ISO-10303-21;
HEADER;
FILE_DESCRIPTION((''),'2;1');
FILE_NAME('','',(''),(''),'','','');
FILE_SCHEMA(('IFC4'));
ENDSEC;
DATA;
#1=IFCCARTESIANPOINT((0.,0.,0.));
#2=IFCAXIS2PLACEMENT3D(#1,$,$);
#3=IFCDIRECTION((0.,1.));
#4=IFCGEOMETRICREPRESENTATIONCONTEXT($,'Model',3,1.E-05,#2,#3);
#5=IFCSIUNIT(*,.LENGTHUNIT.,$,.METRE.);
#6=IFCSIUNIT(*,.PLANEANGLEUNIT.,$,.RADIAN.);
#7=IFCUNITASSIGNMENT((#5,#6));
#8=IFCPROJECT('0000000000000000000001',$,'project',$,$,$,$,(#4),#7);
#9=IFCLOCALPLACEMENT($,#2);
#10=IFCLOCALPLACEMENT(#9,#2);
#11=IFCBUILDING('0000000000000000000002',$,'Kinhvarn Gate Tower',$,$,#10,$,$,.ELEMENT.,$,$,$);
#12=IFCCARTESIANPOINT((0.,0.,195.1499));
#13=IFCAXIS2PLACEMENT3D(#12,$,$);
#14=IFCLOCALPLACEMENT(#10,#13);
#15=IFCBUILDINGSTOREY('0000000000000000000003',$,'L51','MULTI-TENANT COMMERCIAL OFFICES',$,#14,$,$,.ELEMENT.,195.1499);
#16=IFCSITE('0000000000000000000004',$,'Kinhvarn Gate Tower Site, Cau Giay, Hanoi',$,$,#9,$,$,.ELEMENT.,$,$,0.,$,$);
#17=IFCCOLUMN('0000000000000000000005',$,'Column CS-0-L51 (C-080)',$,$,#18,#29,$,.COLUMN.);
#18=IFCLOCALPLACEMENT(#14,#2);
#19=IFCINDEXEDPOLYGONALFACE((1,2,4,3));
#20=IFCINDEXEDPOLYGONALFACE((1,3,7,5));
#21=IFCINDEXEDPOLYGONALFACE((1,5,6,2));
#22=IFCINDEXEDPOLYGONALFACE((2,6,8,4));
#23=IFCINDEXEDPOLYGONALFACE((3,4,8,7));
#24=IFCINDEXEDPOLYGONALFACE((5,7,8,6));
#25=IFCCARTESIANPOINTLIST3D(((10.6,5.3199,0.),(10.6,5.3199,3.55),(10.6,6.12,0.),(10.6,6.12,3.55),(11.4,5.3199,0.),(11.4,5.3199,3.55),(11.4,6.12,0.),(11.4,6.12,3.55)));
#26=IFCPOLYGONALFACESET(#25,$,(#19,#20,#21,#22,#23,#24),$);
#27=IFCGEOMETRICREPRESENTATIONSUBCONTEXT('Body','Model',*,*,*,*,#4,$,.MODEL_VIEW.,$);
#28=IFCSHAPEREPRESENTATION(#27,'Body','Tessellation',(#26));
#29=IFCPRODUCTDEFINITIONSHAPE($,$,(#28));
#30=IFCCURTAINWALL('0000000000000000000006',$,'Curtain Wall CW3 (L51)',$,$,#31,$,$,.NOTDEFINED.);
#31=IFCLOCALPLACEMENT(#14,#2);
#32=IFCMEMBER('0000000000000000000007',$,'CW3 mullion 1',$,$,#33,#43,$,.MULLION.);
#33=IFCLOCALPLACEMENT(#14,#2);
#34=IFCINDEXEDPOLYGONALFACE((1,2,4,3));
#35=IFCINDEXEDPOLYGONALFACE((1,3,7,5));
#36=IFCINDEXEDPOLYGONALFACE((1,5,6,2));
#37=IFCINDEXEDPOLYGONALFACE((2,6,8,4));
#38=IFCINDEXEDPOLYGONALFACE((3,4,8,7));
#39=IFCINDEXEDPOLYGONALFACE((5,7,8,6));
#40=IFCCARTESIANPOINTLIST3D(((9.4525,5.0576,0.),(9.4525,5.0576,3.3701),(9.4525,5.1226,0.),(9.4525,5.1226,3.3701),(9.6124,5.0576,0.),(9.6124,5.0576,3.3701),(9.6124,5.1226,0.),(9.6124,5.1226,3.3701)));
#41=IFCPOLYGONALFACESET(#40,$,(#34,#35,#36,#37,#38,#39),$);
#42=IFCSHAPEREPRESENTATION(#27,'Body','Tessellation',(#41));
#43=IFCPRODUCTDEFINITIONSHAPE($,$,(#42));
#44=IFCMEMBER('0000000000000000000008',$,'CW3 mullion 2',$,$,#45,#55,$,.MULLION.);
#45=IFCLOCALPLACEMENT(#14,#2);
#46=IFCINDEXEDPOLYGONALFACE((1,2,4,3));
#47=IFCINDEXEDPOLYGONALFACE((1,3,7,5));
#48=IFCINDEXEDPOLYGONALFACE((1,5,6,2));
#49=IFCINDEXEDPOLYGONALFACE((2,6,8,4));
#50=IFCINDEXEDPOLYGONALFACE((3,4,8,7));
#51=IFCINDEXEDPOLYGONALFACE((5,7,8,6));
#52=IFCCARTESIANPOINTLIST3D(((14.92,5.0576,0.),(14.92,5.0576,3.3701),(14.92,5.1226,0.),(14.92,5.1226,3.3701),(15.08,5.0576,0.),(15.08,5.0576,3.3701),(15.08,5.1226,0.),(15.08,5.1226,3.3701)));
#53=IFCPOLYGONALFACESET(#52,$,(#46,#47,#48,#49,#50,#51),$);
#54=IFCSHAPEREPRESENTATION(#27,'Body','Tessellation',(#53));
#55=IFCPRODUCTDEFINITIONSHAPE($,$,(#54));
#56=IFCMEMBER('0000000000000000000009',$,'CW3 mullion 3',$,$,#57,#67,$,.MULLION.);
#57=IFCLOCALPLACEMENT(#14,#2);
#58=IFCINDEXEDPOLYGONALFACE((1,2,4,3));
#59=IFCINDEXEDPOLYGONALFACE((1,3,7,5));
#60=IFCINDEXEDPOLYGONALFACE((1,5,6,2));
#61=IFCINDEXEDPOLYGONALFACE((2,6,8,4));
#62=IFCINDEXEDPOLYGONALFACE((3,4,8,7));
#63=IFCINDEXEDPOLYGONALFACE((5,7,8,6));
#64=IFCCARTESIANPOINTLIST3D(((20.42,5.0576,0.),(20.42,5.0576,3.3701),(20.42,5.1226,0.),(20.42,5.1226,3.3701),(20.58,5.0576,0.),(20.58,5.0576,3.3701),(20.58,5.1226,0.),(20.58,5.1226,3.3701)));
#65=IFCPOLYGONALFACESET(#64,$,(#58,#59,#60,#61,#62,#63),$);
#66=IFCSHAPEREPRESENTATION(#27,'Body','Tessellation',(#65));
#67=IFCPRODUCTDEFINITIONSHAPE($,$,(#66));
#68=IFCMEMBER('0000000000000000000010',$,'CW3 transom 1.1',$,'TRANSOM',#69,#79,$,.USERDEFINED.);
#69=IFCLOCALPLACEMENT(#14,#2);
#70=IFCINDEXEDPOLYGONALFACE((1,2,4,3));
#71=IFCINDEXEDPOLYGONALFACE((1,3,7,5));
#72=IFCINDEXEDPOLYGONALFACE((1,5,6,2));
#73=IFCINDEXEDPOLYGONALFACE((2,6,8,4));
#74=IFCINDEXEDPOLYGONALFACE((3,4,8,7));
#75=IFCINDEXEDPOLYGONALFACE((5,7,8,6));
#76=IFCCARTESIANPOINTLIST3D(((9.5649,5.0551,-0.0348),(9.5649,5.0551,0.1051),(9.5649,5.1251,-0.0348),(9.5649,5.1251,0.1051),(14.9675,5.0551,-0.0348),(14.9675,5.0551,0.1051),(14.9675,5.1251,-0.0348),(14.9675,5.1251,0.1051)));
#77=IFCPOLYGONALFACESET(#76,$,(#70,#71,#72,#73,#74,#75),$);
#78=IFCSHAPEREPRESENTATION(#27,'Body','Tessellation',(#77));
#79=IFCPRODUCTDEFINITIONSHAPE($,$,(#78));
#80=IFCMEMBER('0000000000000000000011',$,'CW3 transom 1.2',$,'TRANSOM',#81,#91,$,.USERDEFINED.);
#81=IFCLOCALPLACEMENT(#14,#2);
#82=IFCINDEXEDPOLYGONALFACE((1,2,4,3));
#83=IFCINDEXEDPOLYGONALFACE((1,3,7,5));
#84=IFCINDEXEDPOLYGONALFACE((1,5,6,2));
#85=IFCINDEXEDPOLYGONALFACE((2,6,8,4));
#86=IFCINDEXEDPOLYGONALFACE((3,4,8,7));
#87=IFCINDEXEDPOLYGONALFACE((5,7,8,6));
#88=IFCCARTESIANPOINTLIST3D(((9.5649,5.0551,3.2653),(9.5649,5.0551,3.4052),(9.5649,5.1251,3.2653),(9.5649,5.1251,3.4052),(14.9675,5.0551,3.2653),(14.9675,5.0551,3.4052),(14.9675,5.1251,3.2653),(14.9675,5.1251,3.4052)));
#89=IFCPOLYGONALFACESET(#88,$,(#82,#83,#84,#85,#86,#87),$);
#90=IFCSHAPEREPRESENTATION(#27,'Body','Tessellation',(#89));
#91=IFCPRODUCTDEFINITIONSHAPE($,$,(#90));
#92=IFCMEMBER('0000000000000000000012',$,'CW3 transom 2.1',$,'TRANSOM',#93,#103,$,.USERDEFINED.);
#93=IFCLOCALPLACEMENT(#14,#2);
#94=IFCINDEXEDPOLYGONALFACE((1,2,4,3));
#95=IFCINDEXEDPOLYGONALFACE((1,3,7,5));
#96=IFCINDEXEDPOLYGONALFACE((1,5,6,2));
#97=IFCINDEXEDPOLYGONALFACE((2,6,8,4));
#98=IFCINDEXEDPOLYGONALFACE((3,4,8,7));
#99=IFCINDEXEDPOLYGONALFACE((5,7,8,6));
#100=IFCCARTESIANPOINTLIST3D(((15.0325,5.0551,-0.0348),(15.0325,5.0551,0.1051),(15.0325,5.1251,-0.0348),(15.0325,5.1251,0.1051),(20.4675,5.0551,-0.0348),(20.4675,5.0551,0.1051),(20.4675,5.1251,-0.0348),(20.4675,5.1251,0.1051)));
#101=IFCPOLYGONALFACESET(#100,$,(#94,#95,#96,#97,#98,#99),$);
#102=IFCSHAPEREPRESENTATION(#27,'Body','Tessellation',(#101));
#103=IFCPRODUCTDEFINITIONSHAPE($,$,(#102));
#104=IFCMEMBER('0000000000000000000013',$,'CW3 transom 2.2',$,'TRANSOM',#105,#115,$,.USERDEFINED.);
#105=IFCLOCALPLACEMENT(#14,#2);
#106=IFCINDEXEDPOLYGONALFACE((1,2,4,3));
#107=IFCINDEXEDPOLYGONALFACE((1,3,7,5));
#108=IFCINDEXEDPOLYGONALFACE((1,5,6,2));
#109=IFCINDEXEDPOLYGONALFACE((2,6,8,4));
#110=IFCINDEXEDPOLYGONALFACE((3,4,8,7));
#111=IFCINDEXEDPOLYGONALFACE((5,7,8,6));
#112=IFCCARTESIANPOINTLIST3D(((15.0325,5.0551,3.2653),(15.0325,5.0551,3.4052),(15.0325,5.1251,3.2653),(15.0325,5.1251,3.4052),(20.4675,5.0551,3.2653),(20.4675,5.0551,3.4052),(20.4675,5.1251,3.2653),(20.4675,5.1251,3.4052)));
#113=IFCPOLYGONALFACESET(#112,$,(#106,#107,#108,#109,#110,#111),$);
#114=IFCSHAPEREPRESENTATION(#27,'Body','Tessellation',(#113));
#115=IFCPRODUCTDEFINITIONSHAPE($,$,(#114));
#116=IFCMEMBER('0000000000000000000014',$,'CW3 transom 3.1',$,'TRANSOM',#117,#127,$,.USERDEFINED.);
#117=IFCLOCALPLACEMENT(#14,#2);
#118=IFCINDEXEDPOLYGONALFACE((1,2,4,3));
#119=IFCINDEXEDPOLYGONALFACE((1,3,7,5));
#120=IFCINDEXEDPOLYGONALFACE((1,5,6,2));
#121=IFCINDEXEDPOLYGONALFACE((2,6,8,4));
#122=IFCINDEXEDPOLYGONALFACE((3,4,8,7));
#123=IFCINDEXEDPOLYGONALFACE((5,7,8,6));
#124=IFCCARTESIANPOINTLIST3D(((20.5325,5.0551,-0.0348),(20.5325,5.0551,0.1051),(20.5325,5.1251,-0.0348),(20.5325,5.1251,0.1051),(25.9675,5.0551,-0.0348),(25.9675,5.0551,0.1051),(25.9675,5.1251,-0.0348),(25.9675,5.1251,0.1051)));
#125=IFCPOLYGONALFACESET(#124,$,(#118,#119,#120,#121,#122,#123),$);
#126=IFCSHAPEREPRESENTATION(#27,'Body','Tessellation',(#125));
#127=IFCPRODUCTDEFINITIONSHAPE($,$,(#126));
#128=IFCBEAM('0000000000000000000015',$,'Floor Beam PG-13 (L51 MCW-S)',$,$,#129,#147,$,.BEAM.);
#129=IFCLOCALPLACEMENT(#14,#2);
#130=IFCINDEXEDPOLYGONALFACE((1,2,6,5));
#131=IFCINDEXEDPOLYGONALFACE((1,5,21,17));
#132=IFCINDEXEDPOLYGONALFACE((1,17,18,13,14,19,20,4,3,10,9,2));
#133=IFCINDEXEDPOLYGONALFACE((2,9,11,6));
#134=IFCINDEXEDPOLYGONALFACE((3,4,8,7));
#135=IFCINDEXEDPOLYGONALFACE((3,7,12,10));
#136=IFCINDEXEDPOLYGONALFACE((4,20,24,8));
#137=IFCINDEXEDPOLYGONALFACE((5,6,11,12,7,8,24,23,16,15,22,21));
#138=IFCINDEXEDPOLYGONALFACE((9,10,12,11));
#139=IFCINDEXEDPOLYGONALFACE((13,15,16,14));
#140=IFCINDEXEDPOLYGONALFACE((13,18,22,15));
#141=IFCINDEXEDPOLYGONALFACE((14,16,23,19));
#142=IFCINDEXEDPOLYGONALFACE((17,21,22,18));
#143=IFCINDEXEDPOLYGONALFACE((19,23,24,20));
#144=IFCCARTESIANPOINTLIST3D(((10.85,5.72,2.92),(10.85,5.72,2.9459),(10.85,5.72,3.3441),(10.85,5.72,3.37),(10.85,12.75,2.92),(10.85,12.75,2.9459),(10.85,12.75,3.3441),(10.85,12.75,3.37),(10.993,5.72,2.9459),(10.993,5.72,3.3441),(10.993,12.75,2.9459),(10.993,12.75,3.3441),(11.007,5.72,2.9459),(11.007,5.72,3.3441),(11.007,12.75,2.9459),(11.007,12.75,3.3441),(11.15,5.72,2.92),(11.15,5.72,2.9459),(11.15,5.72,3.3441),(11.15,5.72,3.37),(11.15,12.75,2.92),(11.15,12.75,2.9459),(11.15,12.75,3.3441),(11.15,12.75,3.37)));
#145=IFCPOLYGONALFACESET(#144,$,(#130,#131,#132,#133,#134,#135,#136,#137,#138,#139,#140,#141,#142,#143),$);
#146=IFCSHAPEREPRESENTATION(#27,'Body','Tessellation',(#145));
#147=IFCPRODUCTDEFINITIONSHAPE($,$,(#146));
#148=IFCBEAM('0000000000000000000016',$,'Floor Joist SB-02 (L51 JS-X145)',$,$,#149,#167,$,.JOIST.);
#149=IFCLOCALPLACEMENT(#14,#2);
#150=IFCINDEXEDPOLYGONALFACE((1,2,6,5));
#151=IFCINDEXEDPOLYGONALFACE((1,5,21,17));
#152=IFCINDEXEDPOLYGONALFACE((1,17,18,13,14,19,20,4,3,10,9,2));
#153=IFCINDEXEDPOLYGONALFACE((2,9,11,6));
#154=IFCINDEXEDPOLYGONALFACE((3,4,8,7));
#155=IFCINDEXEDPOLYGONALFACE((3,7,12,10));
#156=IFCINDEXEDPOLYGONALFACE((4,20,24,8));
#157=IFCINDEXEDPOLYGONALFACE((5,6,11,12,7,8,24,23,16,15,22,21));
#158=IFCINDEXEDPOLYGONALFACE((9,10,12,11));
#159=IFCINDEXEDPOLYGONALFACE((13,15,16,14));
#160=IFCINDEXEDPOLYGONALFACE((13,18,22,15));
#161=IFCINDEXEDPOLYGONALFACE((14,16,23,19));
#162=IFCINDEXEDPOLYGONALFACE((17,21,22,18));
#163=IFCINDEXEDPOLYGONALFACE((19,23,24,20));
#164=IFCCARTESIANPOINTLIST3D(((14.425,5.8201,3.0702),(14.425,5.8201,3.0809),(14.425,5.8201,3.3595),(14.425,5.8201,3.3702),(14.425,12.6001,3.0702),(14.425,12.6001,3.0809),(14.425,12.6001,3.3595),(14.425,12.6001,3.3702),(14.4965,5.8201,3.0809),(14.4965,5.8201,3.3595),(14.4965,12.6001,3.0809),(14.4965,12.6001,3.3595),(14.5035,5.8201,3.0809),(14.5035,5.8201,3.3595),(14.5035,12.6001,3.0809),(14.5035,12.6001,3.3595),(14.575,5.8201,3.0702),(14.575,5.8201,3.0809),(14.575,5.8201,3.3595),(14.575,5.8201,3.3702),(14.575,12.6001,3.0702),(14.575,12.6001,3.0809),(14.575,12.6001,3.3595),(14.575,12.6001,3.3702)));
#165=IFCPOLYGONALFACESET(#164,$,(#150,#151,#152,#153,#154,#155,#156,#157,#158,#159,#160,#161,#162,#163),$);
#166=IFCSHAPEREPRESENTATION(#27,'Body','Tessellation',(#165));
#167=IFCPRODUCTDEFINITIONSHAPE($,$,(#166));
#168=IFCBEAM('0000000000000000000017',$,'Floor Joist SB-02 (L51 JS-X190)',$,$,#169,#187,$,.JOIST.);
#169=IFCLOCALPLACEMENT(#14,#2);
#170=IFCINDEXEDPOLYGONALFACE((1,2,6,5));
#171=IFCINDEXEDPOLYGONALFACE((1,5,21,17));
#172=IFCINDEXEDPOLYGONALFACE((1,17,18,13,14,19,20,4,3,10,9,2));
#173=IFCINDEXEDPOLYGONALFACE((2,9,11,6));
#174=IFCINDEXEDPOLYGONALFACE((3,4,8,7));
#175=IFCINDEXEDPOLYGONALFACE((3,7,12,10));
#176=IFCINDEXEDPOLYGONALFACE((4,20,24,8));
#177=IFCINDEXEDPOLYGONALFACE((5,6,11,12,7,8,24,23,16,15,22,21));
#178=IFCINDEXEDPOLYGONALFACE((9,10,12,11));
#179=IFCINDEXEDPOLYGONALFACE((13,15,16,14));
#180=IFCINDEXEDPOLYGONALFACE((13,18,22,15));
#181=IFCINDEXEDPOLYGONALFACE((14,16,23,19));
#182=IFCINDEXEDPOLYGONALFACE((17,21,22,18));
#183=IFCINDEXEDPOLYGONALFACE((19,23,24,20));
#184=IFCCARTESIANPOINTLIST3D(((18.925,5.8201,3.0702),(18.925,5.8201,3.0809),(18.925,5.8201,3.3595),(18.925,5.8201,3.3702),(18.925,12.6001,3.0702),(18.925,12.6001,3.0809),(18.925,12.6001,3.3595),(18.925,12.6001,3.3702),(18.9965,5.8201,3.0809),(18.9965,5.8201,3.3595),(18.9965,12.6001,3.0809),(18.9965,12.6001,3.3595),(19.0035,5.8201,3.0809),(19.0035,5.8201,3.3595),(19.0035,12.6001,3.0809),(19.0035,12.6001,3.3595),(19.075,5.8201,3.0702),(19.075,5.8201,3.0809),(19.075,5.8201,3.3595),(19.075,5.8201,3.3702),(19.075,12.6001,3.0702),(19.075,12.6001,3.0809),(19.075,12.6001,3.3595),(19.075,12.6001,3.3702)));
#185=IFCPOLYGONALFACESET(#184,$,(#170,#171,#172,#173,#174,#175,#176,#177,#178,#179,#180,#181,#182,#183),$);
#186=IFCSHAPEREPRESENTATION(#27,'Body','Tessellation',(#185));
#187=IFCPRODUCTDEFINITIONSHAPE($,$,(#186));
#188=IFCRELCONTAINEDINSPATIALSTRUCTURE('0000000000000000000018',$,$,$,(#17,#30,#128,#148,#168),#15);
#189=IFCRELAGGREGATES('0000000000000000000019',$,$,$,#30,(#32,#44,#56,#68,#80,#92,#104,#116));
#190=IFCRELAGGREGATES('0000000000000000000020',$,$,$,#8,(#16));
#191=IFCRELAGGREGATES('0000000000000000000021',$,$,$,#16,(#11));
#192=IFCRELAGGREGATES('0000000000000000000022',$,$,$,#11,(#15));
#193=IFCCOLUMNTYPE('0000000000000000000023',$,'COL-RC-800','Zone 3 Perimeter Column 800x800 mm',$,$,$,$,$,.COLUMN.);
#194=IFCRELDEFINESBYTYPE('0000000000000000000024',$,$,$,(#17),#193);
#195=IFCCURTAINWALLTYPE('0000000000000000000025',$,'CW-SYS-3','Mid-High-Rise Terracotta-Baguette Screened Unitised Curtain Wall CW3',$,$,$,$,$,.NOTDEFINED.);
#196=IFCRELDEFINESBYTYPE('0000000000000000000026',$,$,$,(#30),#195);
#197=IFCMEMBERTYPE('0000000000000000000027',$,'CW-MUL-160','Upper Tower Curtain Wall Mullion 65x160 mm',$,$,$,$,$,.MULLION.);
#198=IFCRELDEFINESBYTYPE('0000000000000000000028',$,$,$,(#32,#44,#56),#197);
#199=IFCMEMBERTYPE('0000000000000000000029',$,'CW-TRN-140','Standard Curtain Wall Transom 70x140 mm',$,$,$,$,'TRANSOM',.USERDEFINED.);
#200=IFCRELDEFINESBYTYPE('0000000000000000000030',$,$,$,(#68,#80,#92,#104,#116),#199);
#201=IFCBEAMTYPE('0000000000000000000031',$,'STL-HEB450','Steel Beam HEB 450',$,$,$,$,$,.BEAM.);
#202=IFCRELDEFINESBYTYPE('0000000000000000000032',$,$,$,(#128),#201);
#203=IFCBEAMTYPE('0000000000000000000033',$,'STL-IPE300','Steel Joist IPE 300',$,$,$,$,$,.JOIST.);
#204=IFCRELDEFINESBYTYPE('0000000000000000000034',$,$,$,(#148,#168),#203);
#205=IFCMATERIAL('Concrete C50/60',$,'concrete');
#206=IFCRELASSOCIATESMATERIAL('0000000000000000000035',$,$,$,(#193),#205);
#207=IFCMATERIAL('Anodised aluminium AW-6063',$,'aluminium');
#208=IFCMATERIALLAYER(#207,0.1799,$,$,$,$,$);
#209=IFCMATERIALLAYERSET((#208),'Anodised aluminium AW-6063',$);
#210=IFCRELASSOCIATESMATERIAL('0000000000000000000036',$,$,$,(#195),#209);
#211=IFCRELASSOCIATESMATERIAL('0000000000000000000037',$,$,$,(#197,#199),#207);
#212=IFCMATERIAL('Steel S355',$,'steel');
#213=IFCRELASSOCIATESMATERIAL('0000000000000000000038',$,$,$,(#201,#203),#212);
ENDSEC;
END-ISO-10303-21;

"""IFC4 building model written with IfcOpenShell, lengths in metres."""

from ifc_helpers import new_model, si_unit, direction, frame, origin, origin_2d, place, context, subcontext, project, spatial, rectangle, i_section, extrude, material, layer, layer_set, material_profile, profile_set, type_object, element, aggregate, save


model = new_model("IFC4")

# Units and contexts
model_context = context("Model", 3, precision=1e-05, world=origin(), true_north=direction((0.0, 1.0)))
body_context = subcontext(model_context, "Body", "Model", "MODEL_VIEW")
ifc_project = project(units=[si_unit("LENGTHUNIT", "METRE"), si_unit("PLANEANGLEUNIT", "RADIAN")], contexts=[model_context])

# Site, building, storey
site_placement = place(None, origin())
site = spatial("IfcSite", under=ifc_project, at=site_placement, Name="Kinhvarn Gate Tower Site, Cau Giay, Hanoi", CompositionType="ELEMENT", RefElevation=0.0)
building_placement = place(site_placement, origin())
building = spatial("IfcBuilding", under=site, at=building_placement, Name="Kinhvarn Gate Tower", CompositionType="ELEMENT")
storey_placement = place(building_placement, frame((0.0, 0.0, 195.1499)))
storey = spatial("IfcBuildingStorey", under=building, at=storey_placement, Name="L51", Description="MULTI-TENANT COMMERCIAL OFFICES", CompositionType="ELEMENT", Elevation=195.1499)

# Column
ifc_material_1 = material(Name="Concrete C50/60", Category="concrete")
ifc_material_profile_1 = material_profile(ifc_material_1, rectangle(XDim=0.8, YDim=0.8, at=origin_2d()), Name="RC 800x800")
ifc_profile_set_1 = profile_set([ifc_material_profile_1], Name="Concrete C50/60")
column_type = type_object("IfcColumnType", Name="COL-RC-800", Description="Zone 3 Perimeter Column 800x800 mm", PredefinedType="COLUMN", material=ifc_profile_set_1)
column_placement = place(storey_placement, frame((11.0, 5.72, 0.0), z_axis=(0.0, 0.0, 1.0), x_axis=(1.0, 0.0, 0.0)))
element("IfcColumn", 1, at=column_placement, inside=storey, type_object=column_type, Name="Column CS-0-L51 (C-080)", PredefinedType="COLUMN", context=body_context, shape_type="SweptSolid", body=[
    extrude(rectangle(XDim=0.8, YDim=0.8, at=origin_2d()), origin(), (0.0, 0.0, 1.0), 3.55),
])

# Curtain wall, members
ifc_material_2 = material(Name="Anodised aluminium AW-6063", Category="aluminium")
ifc_layer_1 = layer(ifc_material_2, 0.1799)
ifc_layer_set_1 = layer_set([ifc_layer_1], Name="Anodised aluminium AW-6063")
curtain_wall_type = type_object("IfcCurtainWallType", Name="CW-SYS-3", Description="Mid-High-Rise Terracotta-Baguette Screened Unitised Curtain Wall CW3", PredefinedType="NOTDEFINED", material=ifc_layer_set_1)
curtain_wall_placement = place(storey_placement, origin())
curtain_wall = element("IfcCurtainWall", 2, at=curtain_wall_placement, inside=storey, type_object=curtain_wall_type, Name="Curtain Wall CW3 (L51)", PredefinedType="NOTDEFINED")
ifc_material_profile_2 = material_profile(ifc_material_2, rectangle(XDim=0.0649, YDim=0.1599, at=origin_2d()), Name="ALU 65x160")
ifc_profile_set_2 = profile_set([ifc_material_profile_2], Name="Anodised aluminium AW-6063")
member_type_1 = type_object("IfcMemberType", Name="CW-MUL-160", Description="Upper Tower Curtain Wall Mullion 65x160 mm", PredefinedType="MULLION", material=ifc_profile_set_2)
member_1_placement = place(storey_placement, frame((9.5325, 5.0901, 0.0), z_axis=(0.0, 0.0, 1.0), x_axis=(0.0, 1.0, 0.0)))
member_1 = element("IfcMember", 3, at=member_1_placement, type_object=member_type_1, Name="CW3 mullion 1", PredefinedType="MULLION", context=body_context, shape_type="SweptSolid", body=[
    extrude(rectangle(XDim=0.0649, YDim=0.1599, at=origin_2d()), origin(), (0.0, 0.0, 1.0), 3.3701),
])
member_2_placement = place(storey_placement, frame((15.0, 5.0901, 0.0), z_axis=(0.0, 0.0, 1.0), x_axis=(0.0, 1.0, 0.0)))
member_2 = element("IfcMember", 4, at=member_2_placement, type_object=member_type_1, Name="CW3 mullion 2", PredefinedType="MULLION", context=body_context, shape_type="SweptSolid", body=[
    extrude(rectangle(XDim=0.0649, YDim=0.1599, at=origin_2d()), origin(), (0.0, 0.0, 1.0), 3.3701),
])
member_3_placement = place(storey_placement, frame((20.5, 5.0901, 0.0), z_axis=(0.0, 0.0, 1.0), x_axis=(0.0, 1.0, 0.0)))
member_3 = element("IfcMember", 5, at=member_3_placement, type_object=member_type_1, Name="CW3 mullion 3", PredefinedType="MULLION", context=body_context, shape_type="SweptSolid", body=[
    extrude(rectangle(XDim=0.0649, YDim=0.1599, at=origin_2d()), origin(), (0.0, 0.0, 1.0), 3.3701),
])
ifc_material_profile_3 = material_profile(ifc_material_2, rectangle(XDim=0.0701, YDim=0.1399, at=origin_2d()), Name="ALU 70x140")
ifc_profile_set_3 = profile_set([ifc_material_profile_3], Name="Anodised aluminium AW-6063")
member_type_2 = type_object("IfcMemberType", Name="CW-TRN-140", Description="Standard Curtain Wall Transom 70x140 mm", ElementType="TRANSOM", PredefinedType="USERDEFINED", material=ifc_profile_set_3)
member_4_placement = place(storey_placement, frame((9.5649, 5.0901, 0.0352), z_axis=(1.0, 0.0, 0.0), x_axis=(0.0, 1.0, 0.0)))
member_4 = element("IfcMember", 6, at=member_4_placement, type_object=member_type_2, Name="CW3 transom 1.1", ObjectType="TRANSOM", PredefinedType="USERDEFINED", context=body_context, shape_type="SweptSolid", body=[
    extrude(rectangle(XDim=0.0701, YDim=0.1399, at=origin_2d()), origin(), (0.0, 0.0, 1.0), 5.4026),
])
member_5_placement = place(storey_placement, frame((9.5649, 5.0901, 3.3352), z_axis=(1.0, 0.0, 0.0), x_axis=(0.0, 1.0, 0.0)))
member_5 = element("IfcMember", 7, at=member_5_placement, type_object=member_type_2, Name="CW3 transom 1.2", ObjectType="TRANSOM", PredefinedType="USERDEFINED", context=body_context, shape_type="SweptSolid", body=[
    extrude(rectangle(XDim=0.0701, YDim=0.1399, at=origin_2d()), origin(), (0.0, 0.0, 1.0), 5.4026),
])
member_6_placement = place(storey_placement, frame((15.0325, 5.0901, 0.0352), z_axis=(1.0, 0.0, 0.0), x_axis=(0.0, 1.0, 0.0)))
member_6 = element("IfcMember", 8, at=member_6_placement, type_object=member_type_2, Name="CW3 transom 2.1", ObjectType="TRANSOM", PredefinedType="USERDEFINED", context=body_context, shape_type="SweptSolid", body=[
    extrude(rectangle(XDim=0.0701, YDim=0.1399, at=origin_2d()), origin(), (0.0, 0.0, 1.0), 5.4351),
])
member_7_placement = place(storey_placement, frame((15.0325, 5.0901, 3.3352), z_axis=(1.0, 0.0, 0.0), x_axis=(0.0, 1.0, 0.0)))
member_7 = element("IfcMember", 9, at=member_7_placement, type_object=member_type_2, Name="CW3 transom 2.2", ObjectType="TRANSOM", PredefinedType="USERDEFINED", context=body_context, shape_type="SweptSolid", body=[
    extrude(rectangle(XDim=0.0701, YDim=0.1399, at=origin_2d()), origin(), (0.0, 0.0, 1.0), 5.4351),
])
member_8_placement = place(storey_placement, frame((20.5325, 5.0901, 0.0352), z_axis=(1.0, 0.0, 0.0), x_axis=(0.0, 1.0, 0.0)))
member_8 = element("IfcMember", 10, at=member_8_placement, type_object=member_type_2, Name="CW3 transom 3.1", ObjectType="TRANSOM", PredefinedType="USERDEFINED", context=body_context, shape_type="SweptSolid", body=[
    extrude(rectangle(XDim=0.0701, YDim=0.1399, at=origin_2d()), origin(), (0.0, 0.0, 1.0), 5.4351),
])

# Beams
ifc_material_3 = material(Name="Steel S355", Category="steel")
ifc_material_profile_4 = material_profile(ifc_material_3, i_section(OverallWidth=0.3, OverallDepth=0.45, WebThickness=0.0139, FlangeThickness=0.0259, at=origin_2d()), Name="HEB 450")
ifc_profile_set_4 = profile_set([ifc_material_profile_4], Name="Steel S355")
beam_type_1 = type_object("IfcBeamType", Name="STL-HEB450", Description="Steel Beam HEB 450", PredefinedType="BEAM", material=ifc_profile_set_4)
beam_1_placement = place(storey_placement, frame((11.0, 5.72, 3.145), z_axis=(0.0, 1.0, 0.0), x_axis=(-1.0, 0.0, 0.0)))
element("IfcBeam", 11, at=beam_1_placement, inside=storey, type_object=beam_type_1, Name="Floor Beam PG-13 (L51 MCW-S)", PredefinedType="BEAM", context=body_context, shape_type="SweptSolid", body=[
    extrude(i_section(OverallWidth=0.3, OverallDepth=0.45, WebThickness=0.0139, FlangeThickness=0.0259, at=origin_2d()), origin(), (0.0, 0.0, 1.0), 7.03),
])
ifc_material_profile_5 = material_profile(ifc_material_3, i_section(OverallWidth=0.1499, OverallDepth=0.3, WebThickness=0.0071, FlangeThickness=0.0107, at=origin_2d()), Name="IPE 300")
ifc_profile_set_5 = profile_set([ifc_material_profile_5], Name="Steel S355")
beam_type_2 = type_object("IfcBeamType", Name="STL-IPE300", Description="Steel Joist IPE 300", PredefinedType="JOIST", material=ifc_profile_set_5)
for number, where, z_axis, x_axis, name in (
    (12, (14.5, 5.8201, 3.2202), (0.0, 1.0, 0.0), (-1.0, 0.0, 0.0), "Floor Joist SB-02 (L51 JS-X145)"),
    (13, (19.0, 5.8201, 3.2202), (0.0, 1.0, 0.0), (-1.0, 0.0, 0.0), "Floor Joist SB-02 (L51 JS-X190)"),
):
    element("IfcBeam", number, at=place(storey_placement, frame(where, z_axis=z_axis, x_axis=x_axis)), inside=storey, type_object=beam_type_2, Name=name, PredefinedType="JOIST", context=body_context, shape_type="SweptSolid", body=[
        extrude(i_section(OverallWidth=0.1499, OverallDepth=0.3, WebThickness=0.0071, FlangeThickness=0.0107, at=origin_2d()), origin(), (0.0, 0.0, 1.0), 6.78),
    ])

aggregate(curtain_wall, [member_1, member_2, member_3, member_4, member_5, member_6, member_7, member_8])

save(model, "model.ifc")
